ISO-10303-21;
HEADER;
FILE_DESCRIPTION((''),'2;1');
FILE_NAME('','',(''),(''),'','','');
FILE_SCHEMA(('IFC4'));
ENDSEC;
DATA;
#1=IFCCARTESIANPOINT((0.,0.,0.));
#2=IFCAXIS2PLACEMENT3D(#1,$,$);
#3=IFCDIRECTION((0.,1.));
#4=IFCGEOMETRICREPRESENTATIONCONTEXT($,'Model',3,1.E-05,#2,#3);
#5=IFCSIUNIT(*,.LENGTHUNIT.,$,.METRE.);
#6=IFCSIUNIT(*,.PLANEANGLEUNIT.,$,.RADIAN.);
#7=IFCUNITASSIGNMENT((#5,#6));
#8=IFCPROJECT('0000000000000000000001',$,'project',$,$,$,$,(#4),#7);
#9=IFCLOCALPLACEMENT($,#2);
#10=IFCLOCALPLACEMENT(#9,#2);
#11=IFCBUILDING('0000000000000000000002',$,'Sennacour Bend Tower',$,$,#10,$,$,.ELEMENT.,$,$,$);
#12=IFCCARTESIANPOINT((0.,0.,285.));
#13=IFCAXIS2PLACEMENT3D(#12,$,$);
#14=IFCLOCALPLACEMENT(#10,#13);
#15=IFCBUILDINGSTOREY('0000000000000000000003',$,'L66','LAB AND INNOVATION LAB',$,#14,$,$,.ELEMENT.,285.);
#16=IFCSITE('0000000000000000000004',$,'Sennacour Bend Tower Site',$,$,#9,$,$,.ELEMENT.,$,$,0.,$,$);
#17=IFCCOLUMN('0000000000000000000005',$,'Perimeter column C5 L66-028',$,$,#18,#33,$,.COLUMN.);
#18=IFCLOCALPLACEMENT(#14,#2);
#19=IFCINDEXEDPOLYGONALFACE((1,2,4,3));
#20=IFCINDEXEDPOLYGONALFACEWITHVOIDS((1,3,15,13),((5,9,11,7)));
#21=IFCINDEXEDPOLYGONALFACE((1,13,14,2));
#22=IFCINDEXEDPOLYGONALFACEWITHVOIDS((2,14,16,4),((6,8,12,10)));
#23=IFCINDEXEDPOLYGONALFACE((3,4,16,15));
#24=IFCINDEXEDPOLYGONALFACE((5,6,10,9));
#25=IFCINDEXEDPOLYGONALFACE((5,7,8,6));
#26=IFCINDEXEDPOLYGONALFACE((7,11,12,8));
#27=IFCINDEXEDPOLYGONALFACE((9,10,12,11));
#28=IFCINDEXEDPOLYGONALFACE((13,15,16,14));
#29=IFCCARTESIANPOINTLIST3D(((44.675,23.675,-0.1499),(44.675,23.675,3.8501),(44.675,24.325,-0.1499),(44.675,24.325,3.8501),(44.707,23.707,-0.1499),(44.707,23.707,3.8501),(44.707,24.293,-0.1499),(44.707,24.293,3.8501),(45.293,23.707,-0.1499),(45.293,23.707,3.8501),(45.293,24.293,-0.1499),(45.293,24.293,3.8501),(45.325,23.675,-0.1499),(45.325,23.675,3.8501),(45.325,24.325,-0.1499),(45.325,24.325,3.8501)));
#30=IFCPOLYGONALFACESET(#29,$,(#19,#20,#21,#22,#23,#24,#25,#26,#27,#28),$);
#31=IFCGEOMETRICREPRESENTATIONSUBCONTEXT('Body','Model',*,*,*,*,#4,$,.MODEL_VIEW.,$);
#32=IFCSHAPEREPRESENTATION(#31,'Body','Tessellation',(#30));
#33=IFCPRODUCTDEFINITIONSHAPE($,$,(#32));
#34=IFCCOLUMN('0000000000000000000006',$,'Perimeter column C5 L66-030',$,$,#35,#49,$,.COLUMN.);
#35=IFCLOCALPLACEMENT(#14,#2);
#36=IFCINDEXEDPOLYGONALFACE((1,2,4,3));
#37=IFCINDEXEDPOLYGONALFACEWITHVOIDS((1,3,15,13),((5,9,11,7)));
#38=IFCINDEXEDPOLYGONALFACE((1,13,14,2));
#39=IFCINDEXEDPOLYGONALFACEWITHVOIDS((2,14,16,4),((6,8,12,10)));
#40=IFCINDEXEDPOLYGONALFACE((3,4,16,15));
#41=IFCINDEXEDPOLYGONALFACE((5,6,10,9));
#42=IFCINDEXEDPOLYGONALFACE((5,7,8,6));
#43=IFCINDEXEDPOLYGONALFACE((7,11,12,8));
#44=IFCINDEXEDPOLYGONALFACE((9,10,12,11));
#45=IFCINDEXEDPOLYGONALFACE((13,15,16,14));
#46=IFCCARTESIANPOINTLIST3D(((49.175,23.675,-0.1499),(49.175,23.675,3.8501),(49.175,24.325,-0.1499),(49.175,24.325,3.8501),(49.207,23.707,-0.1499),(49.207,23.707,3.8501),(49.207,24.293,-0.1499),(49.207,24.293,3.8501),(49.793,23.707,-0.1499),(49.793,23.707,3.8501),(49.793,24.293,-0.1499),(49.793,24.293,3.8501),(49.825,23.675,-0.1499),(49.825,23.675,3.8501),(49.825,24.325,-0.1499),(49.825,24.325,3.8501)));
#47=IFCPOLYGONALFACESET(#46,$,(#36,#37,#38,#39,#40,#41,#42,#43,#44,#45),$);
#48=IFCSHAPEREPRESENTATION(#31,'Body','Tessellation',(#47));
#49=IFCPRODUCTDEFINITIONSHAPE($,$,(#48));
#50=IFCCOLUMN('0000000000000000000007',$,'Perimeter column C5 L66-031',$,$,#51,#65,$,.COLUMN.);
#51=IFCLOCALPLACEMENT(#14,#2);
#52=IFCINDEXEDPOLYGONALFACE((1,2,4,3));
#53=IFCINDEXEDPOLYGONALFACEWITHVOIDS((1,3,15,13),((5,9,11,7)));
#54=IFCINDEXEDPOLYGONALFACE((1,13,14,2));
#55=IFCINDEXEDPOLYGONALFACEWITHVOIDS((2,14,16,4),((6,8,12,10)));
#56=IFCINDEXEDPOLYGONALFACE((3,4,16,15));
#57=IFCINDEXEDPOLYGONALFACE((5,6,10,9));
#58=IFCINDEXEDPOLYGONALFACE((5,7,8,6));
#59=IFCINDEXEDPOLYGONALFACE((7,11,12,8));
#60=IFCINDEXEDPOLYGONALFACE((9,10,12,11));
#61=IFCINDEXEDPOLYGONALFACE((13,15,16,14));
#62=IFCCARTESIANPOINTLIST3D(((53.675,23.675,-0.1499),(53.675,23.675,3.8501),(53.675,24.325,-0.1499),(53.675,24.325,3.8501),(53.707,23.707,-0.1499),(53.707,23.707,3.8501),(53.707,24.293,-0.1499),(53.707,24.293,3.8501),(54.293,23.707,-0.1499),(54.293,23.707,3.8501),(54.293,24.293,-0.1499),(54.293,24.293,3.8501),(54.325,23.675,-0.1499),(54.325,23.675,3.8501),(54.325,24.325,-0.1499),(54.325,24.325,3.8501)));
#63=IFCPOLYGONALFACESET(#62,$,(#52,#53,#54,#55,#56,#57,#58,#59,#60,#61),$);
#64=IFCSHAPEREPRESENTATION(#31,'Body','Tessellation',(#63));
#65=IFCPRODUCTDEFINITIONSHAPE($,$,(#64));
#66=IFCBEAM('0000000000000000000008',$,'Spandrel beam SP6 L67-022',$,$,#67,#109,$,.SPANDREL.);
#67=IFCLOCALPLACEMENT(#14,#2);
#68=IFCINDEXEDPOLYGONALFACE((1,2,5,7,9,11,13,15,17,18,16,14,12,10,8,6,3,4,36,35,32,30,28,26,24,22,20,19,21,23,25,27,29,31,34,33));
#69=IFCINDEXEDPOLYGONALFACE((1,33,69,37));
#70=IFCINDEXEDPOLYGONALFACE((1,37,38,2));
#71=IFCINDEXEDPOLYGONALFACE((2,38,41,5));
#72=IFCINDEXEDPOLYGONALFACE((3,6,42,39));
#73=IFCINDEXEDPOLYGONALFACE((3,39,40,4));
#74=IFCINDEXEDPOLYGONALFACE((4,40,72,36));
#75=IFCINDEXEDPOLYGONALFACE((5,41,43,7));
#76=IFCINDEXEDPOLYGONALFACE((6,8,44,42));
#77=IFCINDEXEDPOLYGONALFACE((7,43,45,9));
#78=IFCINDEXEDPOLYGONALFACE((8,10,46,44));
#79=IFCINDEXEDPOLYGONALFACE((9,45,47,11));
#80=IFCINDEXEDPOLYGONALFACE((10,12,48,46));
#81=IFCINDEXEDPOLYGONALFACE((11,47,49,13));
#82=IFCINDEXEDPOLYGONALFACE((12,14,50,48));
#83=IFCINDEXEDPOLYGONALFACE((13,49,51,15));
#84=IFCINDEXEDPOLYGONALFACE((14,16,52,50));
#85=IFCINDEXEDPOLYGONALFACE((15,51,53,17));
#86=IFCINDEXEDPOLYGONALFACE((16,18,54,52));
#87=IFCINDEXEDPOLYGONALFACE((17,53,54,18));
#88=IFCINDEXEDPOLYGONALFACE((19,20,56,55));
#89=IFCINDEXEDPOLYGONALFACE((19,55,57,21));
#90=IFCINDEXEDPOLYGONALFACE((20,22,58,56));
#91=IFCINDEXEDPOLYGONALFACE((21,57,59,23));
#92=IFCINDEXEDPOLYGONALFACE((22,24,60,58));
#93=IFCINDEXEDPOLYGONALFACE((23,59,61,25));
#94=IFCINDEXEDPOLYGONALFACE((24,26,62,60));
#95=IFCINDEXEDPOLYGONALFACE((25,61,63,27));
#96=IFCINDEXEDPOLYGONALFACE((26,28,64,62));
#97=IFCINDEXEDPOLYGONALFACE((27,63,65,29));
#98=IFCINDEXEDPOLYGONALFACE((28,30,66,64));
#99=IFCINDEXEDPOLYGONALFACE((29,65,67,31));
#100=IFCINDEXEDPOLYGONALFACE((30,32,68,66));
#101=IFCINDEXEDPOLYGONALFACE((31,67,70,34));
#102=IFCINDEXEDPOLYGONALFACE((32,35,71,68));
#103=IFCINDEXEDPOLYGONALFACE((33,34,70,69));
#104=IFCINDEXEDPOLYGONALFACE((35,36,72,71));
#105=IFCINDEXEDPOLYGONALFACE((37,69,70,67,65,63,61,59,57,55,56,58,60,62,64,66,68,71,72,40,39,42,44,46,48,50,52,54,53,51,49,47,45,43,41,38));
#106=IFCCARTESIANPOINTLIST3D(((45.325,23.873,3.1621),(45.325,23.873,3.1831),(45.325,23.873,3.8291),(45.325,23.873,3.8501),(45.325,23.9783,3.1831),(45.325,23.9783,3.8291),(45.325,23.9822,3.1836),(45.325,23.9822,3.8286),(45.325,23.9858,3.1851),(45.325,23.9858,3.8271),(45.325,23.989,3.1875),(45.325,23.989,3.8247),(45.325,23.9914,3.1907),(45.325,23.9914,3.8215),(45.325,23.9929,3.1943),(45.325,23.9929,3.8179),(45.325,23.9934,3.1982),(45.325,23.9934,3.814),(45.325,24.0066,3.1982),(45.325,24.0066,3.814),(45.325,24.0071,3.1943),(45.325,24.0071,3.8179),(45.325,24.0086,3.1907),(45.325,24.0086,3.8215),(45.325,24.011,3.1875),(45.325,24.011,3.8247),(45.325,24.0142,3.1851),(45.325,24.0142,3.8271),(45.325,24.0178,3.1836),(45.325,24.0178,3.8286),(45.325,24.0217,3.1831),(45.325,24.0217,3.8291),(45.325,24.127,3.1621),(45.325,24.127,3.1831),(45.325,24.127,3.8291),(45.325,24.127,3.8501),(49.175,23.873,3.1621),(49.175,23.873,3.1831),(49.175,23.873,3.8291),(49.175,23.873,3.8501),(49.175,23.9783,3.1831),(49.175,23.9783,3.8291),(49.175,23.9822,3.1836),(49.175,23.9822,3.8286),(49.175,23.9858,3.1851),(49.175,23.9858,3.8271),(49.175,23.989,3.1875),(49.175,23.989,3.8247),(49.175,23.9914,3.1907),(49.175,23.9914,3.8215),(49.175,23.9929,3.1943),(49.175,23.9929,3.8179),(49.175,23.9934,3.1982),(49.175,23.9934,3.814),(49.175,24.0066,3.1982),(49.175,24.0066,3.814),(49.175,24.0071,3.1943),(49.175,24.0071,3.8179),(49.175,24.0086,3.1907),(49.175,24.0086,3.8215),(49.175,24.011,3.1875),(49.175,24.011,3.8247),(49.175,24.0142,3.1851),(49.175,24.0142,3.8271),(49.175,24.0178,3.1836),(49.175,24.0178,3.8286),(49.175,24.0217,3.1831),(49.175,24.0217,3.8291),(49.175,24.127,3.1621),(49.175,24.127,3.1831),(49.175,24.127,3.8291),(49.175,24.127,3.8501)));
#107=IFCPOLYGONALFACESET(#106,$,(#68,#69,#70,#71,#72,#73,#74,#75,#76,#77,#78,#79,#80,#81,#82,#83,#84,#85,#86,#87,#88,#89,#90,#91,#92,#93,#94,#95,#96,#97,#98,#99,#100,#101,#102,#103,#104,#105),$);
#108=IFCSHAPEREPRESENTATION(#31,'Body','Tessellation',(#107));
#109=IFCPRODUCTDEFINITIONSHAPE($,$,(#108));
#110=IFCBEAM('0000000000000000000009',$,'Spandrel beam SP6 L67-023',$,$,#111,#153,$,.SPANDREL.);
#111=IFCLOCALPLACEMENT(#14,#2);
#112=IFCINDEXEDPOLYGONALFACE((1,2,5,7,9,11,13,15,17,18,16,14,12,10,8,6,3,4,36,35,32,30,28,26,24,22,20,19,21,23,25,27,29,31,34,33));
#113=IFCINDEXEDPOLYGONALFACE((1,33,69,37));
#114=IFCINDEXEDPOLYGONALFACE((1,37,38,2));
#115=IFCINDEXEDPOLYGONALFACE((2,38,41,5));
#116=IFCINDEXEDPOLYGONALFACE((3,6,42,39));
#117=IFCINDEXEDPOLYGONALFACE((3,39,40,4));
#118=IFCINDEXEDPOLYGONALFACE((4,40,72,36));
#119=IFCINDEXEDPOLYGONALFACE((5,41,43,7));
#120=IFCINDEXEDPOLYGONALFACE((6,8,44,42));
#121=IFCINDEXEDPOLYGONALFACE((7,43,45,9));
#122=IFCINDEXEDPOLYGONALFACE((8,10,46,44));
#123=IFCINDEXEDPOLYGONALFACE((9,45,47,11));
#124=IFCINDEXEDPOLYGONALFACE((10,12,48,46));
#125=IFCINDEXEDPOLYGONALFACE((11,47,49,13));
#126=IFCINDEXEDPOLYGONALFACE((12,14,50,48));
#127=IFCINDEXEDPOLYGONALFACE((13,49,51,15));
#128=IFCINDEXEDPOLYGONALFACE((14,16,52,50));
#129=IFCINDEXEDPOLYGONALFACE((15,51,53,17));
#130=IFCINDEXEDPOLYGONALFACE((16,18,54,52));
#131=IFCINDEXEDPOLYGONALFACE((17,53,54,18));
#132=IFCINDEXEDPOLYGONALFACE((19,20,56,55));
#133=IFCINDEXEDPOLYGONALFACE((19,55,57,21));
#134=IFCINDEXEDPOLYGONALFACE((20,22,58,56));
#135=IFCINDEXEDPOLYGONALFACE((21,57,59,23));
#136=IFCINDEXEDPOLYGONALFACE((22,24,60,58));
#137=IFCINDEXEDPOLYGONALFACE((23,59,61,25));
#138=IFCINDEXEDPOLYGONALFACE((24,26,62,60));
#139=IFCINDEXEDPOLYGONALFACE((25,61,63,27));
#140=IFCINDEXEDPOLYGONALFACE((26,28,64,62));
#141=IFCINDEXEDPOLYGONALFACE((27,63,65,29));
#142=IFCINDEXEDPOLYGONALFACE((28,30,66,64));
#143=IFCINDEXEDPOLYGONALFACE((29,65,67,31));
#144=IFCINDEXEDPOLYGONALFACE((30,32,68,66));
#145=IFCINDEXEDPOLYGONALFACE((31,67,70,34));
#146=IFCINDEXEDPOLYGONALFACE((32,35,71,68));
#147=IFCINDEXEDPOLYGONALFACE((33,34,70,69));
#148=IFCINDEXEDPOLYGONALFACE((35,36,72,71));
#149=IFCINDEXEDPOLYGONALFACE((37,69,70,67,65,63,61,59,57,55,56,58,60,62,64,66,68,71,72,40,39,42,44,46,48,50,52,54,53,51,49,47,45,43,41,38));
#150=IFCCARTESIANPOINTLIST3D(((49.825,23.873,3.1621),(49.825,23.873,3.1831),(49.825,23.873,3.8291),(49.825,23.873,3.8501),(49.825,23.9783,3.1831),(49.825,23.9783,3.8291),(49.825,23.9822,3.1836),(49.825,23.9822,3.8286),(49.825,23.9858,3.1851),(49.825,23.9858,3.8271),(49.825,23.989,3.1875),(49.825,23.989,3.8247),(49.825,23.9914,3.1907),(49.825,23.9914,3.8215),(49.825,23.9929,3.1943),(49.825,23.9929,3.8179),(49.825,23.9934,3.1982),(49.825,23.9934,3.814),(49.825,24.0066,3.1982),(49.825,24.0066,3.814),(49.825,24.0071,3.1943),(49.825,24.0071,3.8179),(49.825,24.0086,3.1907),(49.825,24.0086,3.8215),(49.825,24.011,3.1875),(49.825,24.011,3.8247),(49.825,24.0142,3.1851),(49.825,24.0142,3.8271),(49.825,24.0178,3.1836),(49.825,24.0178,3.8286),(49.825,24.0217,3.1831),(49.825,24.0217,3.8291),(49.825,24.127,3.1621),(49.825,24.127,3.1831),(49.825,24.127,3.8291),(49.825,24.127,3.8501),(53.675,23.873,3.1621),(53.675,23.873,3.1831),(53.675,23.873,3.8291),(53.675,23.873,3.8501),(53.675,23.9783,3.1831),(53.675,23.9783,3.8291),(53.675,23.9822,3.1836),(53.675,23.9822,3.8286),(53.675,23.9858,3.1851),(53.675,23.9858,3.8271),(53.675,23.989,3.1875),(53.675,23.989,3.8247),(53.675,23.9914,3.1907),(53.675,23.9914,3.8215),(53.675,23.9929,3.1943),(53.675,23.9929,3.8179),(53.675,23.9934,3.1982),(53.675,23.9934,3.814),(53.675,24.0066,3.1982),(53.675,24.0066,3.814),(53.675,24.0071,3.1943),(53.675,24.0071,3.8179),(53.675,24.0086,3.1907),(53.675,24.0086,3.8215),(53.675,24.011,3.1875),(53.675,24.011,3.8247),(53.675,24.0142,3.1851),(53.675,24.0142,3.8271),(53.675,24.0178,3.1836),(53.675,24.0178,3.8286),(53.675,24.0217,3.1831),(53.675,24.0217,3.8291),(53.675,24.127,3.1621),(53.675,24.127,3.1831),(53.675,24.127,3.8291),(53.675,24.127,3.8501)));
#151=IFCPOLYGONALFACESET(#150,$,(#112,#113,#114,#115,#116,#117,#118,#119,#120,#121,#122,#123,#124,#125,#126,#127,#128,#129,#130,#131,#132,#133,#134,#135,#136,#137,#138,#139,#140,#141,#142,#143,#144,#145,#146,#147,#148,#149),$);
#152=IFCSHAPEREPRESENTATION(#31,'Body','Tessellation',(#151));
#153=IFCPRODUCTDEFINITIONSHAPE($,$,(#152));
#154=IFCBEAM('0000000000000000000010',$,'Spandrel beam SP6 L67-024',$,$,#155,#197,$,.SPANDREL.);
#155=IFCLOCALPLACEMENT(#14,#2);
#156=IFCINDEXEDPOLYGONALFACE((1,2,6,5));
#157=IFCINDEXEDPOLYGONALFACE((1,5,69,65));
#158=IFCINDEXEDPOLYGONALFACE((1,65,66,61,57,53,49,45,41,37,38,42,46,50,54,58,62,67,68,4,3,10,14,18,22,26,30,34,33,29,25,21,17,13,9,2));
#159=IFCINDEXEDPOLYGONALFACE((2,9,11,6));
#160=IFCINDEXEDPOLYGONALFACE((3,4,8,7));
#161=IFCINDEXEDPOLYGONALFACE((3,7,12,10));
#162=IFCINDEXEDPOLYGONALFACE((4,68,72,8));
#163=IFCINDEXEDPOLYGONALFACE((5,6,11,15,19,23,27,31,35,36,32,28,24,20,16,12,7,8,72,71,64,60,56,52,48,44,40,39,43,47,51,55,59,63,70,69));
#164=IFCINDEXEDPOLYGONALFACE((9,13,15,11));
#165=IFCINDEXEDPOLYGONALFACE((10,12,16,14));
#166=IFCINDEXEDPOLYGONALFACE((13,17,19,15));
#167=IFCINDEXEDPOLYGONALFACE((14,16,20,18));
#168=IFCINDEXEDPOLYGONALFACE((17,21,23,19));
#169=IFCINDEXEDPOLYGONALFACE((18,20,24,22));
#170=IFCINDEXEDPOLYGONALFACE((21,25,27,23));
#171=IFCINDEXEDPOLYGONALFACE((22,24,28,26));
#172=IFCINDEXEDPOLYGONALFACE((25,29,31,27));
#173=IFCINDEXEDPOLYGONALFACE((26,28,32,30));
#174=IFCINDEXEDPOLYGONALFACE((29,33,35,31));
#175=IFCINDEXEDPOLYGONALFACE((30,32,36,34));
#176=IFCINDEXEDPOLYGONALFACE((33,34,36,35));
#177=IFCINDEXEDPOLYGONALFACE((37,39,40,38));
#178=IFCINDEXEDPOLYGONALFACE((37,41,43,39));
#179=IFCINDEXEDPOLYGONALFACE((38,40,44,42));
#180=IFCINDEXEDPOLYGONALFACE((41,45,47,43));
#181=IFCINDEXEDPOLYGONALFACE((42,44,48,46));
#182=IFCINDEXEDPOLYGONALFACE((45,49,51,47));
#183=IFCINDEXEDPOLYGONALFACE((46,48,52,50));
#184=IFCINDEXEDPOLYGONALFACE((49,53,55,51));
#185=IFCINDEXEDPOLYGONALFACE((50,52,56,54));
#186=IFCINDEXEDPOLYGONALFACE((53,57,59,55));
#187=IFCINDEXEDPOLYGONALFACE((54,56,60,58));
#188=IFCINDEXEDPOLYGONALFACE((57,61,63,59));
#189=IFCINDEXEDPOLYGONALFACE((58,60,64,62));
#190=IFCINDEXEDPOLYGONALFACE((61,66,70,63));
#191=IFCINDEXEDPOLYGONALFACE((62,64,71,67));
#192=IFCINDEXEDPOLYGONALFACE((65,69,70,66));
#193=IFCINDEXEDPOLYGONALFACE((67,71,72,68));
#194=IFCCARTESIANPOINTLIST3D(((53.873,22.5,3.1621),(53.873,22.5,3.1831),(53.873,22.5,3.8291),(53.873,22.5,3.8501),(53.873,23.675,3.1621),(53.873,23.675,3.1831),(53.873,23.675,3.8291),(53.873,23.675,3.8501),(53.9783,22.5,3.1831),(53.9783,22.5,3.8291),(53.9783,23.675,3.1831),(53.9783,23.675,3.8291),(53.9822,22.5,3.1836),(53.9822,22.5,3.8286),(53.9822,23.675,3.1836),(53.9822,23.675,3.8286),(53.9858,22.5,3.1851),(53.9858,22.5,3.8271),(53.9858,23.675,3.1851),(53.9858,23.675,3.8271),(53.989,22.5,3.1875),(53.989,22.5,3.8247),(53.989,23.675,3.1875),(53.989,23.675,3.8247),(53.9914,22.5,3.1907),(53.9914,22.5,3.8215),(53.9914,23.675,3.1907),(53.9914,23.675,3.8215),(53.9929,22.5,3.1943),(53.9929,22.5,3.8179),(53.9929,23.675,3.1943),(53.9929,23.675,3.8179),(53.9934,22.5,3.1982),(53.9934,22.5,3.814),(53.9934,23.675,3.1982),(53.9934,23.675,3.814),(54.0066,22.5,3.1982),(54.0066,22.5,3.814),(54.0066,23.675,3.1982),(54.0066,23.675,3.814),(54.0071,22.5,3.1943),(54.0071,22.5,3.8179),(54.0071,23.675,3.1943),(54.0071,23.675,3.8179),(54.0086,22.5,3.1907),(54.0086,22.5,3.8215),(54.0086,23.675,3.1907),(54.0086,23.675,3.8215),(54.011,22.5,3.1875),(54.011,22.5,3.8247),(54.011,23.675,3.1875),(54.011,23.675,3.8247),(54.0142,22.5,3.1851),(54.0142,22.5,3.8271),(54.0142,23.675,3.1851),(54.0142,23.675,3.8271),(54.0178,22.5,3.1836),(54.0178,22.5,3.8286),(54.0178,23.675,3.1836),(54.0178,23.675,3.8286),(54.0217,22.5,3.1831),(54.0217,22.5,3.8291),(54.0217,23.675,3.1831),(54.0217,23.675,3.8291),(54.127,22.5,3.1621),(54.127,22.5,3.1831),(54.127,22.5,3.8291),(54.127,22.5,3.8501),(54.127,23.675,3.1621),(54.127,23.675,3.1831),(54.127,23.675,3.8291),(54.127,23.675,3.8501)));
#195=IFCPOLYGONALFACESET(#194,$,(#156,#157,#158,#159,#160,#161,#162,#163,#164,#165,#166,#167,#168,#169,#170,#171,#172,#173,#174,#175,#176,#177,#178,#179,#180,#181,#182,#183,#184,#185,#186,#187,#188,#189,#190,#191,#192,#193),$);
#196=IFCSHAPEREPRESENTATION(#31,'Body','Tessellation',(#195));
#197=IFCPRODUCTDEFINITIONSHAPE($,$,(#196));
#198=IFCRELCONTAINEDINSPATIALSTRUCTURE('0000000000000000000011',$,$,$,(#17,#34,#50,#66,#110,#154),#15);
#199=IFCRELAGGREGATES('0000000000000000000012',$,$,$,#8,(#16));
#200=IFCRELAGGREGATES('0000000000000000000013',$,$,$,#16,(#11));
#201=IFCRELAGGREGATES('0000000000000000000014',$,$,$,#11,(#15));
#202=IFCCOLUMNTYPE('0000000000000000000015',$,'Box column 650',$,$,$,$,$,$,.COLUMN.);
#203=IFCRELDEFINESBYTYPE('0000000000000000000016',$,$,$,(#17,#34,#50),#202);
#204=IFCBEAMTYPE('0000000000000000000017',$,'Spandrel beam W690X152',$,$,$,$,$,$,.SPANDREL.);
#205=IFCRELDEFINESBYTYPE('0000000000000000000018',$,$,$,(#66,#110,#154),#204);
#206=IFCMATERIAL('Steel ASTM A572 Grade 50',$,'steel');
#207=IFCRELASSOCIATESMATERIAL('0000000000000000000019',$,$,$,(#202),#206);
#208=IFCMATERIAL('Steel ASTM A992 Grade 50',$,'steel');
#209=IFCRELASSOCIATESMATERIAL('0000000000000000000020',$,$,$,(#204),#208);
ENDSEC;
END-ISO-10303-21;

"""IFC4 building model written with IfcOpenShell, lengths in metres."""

from ifc_helpers import new_model, si_unit, direction, frame, origin, origin_2d, place, context, subcontext, project, spatial, hollow_rectangle, i_section, extrude, material, material_profile, profile_set, type_object, element, save


model = new_model("IFC4")

# Units and contexts
model_context = context("Model", 3, precision=1e-05, world=origin(), true_north=direction((0.0, 1.0)))
body_context = subcontext(model_context, "Body", "Model", "MODEL_VIEW")
ifc_project = project(units=[si_unit("LENGTHUNIT", "METRE"), si_unit("PLANEANGLEUNIT", "RADIAN")], contexts=[model_context])

# Site, building, storey
site_placement = place(None, origin())
site = spatial("IfcSite", under=ifc_project, at=site_placement, Name="Sennacour Bend Tower Site", CompositionType="ELEMENT", RefElevation=0.0)
building_placement = place(site_placement, origin())
building = spatial("IfcBuilding", under=site, at=building_placement, Name="Sennacour Bend Tower", CompositionType="ELEMENT")
storey_placement = place(building_placement, frame((0.0, 0.0, 285.0)))
storey = spatial("IfcBuildingStorey", under=building, at=storey_placement, Name="L66", Description="LAB AND INNOVATION LAB", CompositionType="ELEMENT", Elevation=285.0)

# Columns
ifc_material_1 = material(Name="Steel ASTM A572 Grade 50", Category="steel")
ifc_material_profile_1 = material_profile(ifc_material_1, hollow_rectangle(XDim=0.6499, YDim=0.6499, WallThickness=0.032, at=origin_2d()), Name="Steel ASTM A572 Grade 50", Category="steel")
ifc_profile_set_1 = profile_set([ifc_material_profile_1], Name="Steel ASTM A572 Grade 50")
column_type = type_object("IfcColumnType", Name="Box column 650", PredefinedType="COLUMN", material=ifc_profile_set_1)
for number, where, z_axis, x_axis, name in (
    (1, (45.0, 24.0, -0.1499), (0.0, 0.0, 1.0), (1.0, 0.0, 0.0), "Perimeter column C5 L66-028"),
    (2, (49.5, 24.0, -0.1499), (0.0, 0.0, 1.0), (1.0, 0.0, 0.0), "Perimeter column C5 L66-030"),
    (3, (54.0, 24.0, -0.1499), (0.0, 0.0, 1.0), (1.0, 0.0, 0.0), "Perimeter column C5 L66-031"),
):
    element("IfcColumn", number, at=place(storey_placement, frame(where, z_axis=z_axis, x_axis=x_axis)), inside=storey, type_object=column_type, Name=name, PredefinedType="COLUMN", context=body_context, shape_type="SweptSolid", body=[
        extrude(hollow_rectangle(XDim=0.6499, YDim=0.6499, WallThickness=0.032, at=origin_2d()), origin(), (0.0, 0.0, 1.0), 4.0),
    ])

# Beams
ifc_material_2 = material(Name="Steel ASTM A992 Grade 50", Category="steel")
ifc_material_profile_2 = material_profile(ifc_material_2, i_section(OverallWidth=0.2539, OverallDepth=0.688, WebThickness=0.0132, FlangeThickness=0.021, FilletRadius=0.0151, at=origin_2d()), Name="Steel ASTM A992 Grade 50", Category="steel")
ifc_profile_set_2 = profile_set([ifc_material_profile_2], Name="Steel ASTM A992 Grade 50")
beam_type = type_object("IfcBeamType", Name="Spandrel beam W690X152", PredefinedType="SPANDREL", material=ifc_profile_set_2)
for number, where, z_axis, x_axis, name in (
    (4, (45.325, 24.0, 3.5061), (1.0, 0.0, 0.0), (0.0, 1.0, 0.0), "Spandrel beam SP6 L67-022"),
    (5, (49.825, 24.0, 3.5061), (1.0, 0.0, 0.0), (0.0, 1.0, 0.0), "Spandrel beam SP6 L67-023"),
):
    element("IfcBeam", number, at=place(storey_placement, frame(where, z_axis=z_axis, x_axis=x_axis)), inside=storey, type_object=beam_type, Name=name, PredefinedType="SPANDREL", context=body_context, shape_type="SweptSolid", body=[
        extrude(i_section(OverallWidth=0.2539, OverallDepth=0.688, WebThickness=0.0132, FlangeThickness=0.021, FilletRadius=0.0151, at=origin_2d()), origin(), (0.0, 0.0, 1.0), 3.8501),
    ])
beam_placement = place(storey_placement, frame((54.0, 23.675, 3.5061), z_axis=(0.0, -1.0, 0.0), x_axis=(1.0, 0.0, 0.0)))
element("IfcBeam", 6, at=beam_placement, inside=storey, type_object=beam_type, Name="Spandrel beam SP6 L67-024", PredefinedType="SPANDREL", context=body_context, shape_type="SweptSolid", body=[
    extrude(i_section(OverallWidth=0.2539, OverallDepth=0.688, WebThickness=0.0132, FlangeThickness=0.021, FilletRadius=0.0151, at=origin_2d()), origin(), (0.0, 0.0, 1.0), 1.175),
])

save(model, "model.ifc")
